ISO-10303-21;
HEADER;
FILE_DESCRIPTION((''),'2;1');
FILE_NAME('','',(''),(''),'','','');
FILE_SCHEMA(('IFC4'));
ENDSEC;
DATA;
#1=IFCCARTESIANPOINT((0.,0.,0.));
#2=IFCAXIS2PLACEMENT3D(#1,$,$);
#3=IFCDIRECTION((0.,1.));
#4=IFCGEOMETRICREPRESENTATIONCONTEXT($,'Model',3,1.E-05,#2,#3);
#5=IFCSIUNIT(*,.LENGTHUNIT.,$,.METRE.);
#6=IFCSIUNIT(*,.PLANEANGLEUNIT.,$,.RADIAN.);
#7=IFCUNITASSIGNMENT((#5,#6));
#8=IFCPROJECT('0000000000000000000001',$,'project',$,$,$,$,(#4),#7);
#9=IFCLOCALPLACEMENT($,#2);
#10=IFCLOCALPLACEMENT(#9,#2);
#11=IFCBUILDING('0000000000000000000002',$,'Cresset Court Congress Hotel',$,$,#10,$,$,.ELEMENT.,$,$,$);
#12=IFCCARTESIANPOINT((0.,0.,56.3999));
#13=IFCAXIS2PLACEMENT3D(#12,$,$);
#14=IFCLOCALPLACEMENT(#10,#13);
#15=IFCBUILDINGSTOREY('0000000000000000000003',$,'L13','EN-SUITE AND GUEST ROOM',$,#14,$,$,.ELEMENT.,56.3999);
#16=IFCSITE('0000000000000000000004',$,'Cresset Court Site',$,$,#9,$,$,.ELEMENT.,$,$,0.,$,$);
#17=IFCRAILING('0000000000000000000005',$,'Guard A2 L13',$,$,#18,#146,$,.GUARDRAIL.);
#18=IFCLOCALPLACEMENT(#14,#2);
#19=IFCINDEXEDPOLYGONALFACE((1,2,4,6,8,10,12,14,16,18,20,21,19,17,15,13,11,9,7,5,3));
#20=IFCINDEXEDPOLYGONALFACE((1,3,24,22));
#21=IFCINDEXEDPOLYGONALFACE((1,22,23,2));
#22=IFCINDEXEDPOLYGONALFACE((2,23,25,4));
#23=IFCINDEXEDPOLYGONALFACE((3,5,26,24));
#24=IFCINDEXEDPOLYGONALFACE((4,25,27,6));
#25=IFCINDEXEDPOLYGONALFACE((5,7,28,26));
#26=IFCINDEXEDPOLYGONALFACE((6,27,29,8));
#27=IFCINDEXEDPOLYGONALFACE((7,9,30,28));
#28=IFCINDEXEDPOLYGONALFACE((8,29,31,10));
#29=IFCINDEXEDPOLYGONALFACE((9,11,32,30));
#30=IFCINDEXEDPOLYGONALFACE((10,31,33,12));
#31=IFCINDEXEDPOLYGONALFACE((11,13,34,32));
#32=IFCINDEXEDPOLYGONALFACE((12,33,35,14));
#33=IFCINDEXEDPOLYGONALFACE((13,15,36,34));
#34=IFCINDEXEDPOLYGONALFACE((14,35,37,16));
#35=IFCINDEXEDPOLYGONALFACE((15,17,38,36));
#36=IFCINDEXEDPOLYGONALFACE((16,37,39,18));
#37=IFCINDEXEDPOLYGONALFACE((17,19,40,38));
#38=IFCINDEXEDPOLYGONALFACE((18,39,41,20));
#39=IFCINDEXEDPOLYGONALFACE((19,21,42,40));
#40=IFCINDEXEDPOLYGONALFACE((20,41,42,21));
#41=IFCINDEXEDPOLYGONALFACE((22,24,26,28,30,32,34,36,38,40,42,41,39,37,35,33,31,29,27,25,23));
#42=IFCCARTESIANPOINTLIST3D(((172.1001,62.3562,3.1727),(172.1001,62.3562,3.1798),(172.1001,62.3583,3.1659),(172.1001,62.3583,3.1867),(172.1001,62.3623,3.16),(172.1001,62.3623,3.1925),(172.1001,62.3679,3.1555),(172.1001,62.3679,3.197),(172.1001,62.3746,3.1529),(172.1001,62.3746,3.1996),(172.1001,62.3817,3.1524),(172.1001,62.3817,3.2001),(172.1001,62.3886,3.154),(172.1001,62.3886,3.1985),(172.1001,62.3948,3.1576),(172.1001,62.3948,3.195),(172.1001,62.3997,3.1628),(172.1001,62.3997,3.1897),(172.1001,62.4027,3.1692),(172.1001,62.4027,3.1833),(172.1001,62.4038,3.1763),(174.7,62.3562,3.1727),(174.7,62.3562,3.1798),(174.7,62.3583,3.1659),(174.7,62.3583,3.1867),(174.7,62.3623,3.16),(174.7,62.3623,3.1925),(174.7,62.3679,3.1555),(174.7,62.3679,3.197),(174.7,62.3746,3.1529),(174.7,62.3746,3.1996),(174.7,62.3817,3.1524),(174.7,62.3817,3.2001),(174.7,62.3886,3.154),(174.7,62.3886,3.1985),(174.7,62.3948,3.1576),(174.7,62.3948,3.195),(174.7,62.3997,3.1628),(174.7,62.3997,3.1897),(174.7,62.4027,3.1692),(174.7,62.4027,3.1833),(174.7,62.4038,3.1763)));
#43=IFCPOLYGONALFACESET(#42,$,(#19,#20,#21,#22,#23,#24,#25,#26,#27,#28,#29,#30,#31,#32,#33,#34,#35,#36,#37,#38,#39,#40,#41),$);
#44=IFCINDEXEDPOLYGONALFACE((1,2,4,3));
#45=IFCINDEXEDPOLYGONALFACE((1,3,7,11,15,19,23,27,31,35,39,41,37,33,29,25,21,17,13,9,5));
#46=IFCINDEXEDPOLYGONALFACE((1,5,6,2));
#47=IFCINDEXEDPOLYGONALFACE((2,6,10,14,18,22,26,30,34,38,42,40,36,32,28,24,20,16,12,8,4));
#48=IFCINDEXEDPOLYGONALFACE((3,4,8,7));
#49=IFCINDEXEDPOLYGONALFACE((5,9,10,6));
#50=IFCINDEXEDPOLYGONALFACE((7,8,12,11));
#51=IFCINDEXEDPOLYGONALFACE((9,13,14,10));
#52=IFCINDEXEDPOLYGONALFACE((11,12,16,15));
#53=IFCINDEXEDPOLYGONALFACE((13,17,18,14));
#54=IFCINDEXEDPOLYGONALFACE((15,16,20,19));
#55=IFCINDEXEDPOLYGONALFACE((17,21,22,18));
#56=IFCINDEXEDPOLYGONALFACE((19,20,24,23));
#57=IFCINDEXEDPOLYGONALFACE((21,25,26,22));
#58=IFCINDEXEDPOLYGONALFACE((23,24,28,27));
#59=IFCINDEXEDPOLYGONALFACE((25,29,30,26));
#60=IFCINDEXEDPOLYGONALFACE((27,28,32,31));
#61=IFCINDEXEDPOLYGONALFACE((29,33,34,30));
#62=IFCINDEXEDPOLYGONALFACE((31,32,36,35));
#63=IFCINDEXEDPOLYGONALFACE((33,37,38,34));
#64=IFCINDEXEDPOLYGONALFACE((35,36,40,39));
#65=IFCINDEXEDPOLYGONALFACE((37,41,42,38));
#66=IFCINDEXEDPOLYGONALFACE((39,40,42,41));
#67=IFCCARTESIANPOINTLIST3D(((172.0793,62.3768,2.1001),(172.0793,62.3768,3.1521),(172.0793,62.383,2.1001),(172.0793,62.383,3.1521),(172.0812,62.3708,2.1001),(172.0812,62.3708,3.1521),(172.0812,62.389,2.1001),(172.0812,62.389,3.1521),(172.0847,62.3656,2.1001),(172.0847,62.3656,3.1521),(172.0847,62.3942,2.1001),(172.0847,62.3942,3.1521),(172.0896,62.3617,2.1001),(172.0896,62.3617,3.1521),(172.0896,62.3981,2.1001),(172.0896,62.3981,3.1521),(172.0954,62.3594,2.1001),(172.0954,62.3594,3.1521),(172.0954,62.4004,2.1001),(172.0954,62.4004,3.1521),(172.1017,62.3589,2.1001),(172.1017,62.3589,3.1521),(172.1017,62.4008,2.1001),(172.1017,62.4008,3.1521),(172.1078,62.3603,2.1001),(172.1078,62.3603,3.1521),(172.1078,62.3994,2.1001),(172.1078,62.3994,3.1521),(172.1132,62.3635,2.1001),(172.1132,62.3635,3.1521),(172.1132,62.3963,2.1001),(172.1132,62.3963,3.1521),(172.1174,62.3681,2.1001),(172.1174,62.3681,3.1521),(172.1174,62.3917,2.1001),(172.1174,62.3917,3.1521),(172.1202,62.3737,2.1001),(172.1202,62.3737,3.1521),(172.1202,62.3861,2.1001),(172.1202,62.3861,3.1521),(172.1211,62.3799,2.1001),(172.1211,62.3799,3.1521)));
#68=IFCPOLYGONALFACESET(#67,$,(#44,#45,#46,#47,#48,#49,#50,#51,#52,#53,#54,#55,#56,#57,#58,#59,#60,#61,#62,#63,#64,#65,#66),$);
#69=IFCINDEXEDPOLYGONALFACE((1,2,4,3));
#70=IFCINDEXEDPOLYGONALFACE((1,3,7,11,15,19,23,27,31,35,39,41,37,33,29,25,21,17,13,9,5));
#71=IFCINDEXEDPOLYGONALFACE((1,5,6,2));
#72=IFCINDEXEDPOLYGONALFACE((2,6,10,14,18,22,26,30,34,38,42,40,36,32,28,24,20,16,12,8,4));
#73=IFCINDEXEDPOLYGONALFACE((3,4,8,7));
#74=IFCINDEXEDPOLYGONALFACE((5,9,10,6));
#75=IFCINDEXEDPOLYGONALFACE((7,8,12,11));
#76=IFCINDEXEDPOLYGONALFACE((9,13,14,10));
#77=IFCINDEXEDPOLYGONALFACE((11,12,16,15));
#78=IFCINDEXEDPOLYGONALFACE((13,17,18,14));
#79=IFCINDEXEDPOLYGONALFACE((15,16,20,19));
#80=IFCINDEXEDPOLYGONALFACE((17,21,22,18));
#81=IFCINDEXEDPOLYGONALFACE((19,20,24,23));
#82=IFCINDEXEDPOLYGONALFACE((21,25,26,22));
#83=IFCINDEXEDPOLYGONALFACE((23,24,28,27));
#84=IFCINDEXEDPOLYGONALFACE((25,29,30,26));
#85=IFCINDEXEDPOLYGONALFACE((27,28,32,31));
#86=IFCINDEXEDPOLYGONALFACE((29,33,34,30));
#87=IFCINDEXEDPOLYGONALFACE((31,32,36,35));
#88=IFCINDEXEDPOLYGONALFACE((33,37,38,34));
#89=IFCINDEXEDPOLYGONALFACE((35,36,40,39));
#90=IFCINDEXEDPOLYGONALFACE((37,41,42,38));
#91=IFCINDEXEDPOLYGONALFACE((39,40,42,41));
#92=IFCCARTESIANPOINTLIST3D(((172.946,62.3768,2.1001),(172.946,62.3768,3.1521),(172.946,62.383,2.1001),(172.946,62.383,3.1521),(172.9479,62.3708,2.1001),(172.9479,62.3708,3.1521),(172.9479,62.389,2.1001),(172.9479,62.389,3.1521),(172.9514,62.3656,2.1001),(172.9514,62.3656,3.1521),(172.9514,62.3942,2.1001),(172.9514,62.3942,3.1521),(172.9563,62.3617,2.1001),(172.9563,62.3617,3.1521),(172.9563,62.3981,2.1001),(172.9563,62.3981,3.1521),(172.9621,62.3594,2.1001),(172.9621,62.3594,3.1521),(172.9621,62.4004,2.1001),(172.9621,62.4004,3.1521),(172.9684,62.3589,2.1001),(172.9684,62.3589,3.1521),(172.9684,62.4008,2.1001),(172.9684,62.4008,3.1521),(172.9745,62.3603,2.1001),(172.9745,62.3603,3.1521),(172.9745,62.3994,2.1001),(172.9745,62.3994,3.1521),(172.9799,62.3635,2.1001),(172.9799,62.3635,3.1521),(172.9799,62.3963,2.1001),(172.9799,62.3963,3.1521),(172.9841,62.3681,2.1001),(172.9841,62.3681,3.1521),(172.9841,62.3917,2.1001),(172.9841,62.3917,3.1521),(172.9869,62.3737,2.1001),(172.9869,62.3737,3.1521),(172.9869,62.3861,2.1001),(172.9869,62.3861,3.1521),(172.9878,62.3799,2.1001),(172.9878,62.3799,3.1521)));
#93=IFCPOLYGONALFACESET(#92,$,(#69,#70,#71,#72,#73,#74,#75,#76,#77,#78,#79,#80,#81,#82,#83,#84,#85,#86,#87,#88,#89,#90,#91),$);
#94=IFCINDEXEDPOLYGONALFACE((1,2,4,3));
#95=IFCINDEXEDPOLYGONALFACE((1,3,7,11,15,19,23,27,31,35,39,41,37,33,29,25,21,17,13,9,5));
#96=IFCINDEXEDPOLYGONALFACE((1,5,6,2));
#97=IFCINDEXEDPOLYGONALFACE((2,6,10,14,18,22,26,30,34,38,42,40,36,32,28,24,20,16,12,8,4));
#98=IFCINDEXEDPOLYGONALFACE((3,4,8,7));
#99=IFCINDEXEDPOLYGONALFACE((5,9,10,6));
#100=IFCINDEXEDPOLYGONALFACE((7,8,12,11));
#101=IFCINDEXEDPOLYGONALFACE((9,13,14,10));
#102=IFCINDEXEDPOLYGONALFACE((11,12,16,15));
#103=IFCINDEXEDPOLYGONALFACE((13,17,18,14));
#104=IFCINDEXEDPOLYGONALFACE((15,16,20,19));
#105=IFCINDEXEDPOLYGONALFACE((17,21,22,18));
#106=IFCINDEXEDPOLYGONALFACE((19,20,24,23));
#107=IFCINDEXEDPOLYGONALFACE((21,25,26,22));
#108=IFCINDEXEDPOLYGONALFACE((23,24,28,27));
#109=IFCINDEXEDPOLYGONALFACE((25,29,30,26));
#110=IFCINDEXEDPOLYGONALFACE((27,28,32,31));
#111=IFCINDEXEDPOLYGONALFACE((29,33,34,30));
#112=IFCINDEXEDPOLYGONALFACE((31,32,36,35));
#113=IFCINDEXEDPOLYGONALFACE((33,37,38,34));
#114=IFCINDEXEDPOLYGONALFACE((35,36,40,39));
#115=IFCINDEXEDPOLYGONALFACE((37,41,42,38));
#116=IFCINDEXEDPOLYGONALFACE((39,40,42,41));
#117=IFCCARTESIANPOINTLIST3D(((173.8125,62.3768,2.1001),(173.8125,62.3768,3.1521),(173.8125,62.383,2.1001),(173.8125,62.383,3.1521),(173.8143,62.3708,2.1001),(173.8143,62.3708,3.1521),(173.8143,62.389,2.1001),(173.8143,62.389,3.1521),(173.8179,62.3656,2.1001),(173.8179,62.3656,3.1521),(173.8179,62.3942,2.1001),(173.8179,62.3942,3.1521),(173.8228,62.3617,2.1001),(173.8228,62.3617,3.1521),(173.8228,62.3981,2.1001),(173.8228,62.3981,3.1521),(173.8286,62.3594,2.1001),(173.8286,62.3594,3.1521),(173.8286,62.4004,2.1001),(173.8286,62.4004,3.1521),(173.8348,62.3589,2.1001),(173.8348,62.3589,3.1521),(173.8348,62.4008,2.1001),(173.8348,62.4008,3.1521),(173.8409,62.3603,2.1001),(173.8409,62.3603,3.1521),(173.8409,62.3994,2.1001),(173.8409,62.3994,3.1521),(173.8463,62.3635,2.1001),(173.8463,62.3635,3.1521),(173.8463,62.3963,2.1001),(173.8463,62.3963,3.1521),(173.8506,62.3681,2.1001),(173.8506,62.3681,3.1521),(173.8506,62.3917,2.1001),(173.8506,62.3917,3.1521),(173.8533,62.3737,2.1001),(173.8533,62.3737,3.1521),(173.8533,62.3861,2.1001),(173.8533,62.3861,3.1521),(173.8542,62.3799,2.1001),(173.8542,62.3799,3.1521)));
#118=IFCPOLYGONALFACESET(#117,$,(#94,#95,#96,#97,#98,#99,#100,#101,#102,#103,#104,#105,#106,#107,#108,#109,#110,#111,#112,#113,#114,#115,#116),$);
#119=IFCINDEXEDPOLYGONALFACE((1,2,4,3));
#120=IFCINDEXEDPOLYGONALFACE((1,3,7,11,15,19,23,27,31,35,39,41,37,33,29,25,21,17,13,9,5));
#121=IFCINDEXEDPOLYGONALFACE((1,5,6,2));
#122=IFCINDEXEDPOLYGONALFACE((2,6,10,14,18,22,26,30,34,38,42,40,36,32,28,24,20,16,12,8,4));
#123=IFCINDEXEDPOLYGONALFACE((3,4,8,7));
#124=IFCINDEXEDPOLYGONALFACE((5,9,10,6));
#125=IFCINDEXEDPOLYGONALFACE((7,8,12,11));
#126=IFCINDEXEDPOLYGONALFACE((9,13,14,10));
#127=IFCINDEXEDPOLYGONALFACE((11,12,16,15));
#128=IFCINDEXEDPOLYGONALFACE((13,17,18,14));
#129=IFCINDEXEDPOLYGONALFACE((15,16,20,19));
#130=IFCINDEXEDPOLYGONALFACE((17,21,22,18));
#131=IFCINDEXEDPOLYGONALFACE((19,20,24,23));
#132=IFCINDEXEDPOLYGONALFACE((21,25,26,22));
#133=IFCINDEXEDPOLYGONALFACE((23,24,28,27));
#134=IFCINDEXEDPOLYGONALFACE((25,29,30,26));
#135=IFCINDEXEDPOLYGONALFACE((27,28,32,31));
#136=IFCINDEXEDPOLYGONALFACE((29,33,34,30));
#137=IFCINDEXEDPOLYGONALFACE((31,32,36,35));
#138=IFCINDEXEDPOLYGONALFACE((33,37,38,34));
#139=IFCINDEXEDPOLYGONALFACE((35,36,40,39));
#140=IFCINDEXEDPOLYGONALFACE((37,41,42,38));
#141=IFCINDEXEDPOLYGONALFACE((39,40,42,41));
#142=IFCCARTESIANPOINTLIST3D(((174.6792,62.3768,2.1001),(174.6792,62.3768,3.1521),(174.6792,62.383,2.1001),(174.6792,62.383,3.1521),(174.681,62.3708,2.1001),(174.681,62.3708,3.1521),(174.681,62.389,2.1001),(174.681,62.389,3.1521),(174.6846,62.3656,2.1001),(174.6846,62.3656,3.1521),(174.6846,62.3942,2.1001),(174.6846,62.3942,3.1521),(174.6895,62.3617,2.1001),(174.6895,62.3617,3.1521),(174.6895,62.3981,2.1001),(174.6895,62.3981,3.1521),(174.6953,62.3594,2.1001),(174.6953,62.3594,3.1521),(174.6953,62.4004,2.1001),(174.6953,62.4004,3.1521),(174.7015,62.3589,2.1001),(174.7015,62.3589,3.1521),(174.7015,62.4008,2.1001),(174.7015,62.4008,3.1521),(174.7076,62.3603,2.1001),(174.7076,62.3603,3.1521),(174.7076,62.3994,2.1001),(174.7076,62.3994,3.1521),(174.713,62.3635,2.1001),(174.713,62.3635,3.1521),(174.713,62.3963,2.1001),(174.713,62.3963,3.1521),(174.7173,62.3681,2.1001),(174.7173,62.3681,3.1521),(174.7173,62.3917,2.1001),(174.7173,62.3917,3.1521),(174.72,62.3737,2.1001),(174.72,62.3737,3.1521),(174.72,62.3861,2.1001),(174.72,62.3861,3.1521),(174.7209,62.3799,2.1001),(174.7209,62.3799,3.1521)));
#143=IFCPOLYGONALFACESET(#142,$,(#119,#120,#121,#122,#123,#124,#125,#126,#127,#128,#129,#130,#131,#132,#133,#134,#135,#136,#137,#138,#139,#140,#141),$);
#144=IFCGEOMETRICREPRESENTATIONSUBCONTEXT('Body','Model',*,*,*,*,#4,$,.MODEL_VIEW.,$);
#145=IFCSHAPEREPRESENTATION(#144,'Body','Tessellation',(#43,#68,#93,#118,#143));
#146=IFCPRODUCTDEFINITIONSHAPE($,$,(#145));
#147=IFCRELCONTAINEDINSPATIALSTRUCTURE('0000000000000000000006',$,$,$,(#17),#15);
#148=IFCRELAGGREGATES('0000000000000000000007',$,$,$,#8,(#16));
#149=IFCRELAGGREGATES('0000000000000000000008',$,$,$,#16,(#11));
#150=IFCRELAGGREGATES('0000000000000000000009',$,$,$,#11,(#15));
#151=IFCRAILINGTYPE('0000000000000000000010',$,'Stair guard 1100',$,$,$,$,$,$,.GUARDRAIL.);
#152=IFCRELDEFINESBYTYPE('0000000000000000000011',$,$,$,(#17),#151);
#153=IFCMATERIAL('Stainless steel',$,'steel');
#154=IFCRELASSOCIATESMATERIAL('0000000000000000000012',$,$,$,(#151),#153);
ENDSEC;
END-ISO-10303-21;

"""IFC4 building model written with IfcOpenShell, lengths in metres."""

from ifc_helpers import new_model, si_unit, direction, frame, origin, origin_2d, place, context, subcontext, project, spatial, circle, extrude, material, type_object, element, save


model = new_model("IFC4")

# Units and contexts
model_context = context("Model", 3, precision=1e-05, world=origin(), true_north=direction((0.0, 1.0)))
body_context = subcontext(model_context, "Body", "Model", "MODEL_VIEW")
ifc_project = project(units=[si_unit("LENGTHUNIT", "METRE"), si_unit("PLANEANGLEUNIT", "RADIAN")], contexts=[model_context])

# Site, building, storey
site_placement = place(None, origin())
site = spatial("IfcSite", under=ifc_project, at=site_placement, Name="Cresset Court Site", CompositionType="ELEMENT", RefElevation=0.0)
building_placement = place(site_placement, origin())
building = spatial("IfcBuilding", under=site, at=building_placement, Name="Cresset Court Congress Hotel", CompositionType="ELEMENT")
storey_placement = place(building_placement, frame((0.0, 0.0, 56.3999)))
storey = spatial("IfcBuildingStorey", under=building, at=storey_placement, Name="L13", Description="EN-SUITE AND GUEST ROOM", CompositionType="ELEMENT", Elevation=56.3999)

# Railing
ifc_material_1 = material(Name="Stainless steel", Category="steel")
railing_type_1 = type_object("IfcRailingType", Name="Stair guard 1100", PredefinedType="GUARDRAIL", material=ifc_material_1)
railing_1_placement = place(storey_placement, frame((172.1001, 62.3799, 2.1001)))
element("IfcRailing", 1, at=railing_1_placement, inside=storey, type_object=railing_type_1, Name="Guard A2 L13", PredefinedType="GUARDRAIL", context=body_context, shape_type="SweptSolid", body=[
    extrude(circle(Radius=0.0239, at=origin_2d()), frame((0.0, 0.0, 1.0762), z_axis=(1.0, 0.0, 0.0), x_axis=(0.0, 1.0, 0.0)), (0.0, 0.0, 1.0), 2.5999),
    extrude(circle(Radius=0.021, at=origin_2d()), origin(), (0.0, 0.0, 1.0), 1.052),
    extrude(circle(Radius=0.021, at=origin_2d()), frame((0.8667, 0.0, 0.0)), (0.0, 0.0, 1.0), 1.052),
    extrude(circle(Radius=0.021, at=origin_2d()), frame((1.7332, 0.0, 0.0)), (0.0, 0.0, 1.0), 1.052),
    extrude(circle(Radius=0.021, at=origin_2d()), frame((2.5999, 0.0, 0.0)), (0.0, 0.0, 1.0), 1.052),
])

save(model, "model.ifc")
